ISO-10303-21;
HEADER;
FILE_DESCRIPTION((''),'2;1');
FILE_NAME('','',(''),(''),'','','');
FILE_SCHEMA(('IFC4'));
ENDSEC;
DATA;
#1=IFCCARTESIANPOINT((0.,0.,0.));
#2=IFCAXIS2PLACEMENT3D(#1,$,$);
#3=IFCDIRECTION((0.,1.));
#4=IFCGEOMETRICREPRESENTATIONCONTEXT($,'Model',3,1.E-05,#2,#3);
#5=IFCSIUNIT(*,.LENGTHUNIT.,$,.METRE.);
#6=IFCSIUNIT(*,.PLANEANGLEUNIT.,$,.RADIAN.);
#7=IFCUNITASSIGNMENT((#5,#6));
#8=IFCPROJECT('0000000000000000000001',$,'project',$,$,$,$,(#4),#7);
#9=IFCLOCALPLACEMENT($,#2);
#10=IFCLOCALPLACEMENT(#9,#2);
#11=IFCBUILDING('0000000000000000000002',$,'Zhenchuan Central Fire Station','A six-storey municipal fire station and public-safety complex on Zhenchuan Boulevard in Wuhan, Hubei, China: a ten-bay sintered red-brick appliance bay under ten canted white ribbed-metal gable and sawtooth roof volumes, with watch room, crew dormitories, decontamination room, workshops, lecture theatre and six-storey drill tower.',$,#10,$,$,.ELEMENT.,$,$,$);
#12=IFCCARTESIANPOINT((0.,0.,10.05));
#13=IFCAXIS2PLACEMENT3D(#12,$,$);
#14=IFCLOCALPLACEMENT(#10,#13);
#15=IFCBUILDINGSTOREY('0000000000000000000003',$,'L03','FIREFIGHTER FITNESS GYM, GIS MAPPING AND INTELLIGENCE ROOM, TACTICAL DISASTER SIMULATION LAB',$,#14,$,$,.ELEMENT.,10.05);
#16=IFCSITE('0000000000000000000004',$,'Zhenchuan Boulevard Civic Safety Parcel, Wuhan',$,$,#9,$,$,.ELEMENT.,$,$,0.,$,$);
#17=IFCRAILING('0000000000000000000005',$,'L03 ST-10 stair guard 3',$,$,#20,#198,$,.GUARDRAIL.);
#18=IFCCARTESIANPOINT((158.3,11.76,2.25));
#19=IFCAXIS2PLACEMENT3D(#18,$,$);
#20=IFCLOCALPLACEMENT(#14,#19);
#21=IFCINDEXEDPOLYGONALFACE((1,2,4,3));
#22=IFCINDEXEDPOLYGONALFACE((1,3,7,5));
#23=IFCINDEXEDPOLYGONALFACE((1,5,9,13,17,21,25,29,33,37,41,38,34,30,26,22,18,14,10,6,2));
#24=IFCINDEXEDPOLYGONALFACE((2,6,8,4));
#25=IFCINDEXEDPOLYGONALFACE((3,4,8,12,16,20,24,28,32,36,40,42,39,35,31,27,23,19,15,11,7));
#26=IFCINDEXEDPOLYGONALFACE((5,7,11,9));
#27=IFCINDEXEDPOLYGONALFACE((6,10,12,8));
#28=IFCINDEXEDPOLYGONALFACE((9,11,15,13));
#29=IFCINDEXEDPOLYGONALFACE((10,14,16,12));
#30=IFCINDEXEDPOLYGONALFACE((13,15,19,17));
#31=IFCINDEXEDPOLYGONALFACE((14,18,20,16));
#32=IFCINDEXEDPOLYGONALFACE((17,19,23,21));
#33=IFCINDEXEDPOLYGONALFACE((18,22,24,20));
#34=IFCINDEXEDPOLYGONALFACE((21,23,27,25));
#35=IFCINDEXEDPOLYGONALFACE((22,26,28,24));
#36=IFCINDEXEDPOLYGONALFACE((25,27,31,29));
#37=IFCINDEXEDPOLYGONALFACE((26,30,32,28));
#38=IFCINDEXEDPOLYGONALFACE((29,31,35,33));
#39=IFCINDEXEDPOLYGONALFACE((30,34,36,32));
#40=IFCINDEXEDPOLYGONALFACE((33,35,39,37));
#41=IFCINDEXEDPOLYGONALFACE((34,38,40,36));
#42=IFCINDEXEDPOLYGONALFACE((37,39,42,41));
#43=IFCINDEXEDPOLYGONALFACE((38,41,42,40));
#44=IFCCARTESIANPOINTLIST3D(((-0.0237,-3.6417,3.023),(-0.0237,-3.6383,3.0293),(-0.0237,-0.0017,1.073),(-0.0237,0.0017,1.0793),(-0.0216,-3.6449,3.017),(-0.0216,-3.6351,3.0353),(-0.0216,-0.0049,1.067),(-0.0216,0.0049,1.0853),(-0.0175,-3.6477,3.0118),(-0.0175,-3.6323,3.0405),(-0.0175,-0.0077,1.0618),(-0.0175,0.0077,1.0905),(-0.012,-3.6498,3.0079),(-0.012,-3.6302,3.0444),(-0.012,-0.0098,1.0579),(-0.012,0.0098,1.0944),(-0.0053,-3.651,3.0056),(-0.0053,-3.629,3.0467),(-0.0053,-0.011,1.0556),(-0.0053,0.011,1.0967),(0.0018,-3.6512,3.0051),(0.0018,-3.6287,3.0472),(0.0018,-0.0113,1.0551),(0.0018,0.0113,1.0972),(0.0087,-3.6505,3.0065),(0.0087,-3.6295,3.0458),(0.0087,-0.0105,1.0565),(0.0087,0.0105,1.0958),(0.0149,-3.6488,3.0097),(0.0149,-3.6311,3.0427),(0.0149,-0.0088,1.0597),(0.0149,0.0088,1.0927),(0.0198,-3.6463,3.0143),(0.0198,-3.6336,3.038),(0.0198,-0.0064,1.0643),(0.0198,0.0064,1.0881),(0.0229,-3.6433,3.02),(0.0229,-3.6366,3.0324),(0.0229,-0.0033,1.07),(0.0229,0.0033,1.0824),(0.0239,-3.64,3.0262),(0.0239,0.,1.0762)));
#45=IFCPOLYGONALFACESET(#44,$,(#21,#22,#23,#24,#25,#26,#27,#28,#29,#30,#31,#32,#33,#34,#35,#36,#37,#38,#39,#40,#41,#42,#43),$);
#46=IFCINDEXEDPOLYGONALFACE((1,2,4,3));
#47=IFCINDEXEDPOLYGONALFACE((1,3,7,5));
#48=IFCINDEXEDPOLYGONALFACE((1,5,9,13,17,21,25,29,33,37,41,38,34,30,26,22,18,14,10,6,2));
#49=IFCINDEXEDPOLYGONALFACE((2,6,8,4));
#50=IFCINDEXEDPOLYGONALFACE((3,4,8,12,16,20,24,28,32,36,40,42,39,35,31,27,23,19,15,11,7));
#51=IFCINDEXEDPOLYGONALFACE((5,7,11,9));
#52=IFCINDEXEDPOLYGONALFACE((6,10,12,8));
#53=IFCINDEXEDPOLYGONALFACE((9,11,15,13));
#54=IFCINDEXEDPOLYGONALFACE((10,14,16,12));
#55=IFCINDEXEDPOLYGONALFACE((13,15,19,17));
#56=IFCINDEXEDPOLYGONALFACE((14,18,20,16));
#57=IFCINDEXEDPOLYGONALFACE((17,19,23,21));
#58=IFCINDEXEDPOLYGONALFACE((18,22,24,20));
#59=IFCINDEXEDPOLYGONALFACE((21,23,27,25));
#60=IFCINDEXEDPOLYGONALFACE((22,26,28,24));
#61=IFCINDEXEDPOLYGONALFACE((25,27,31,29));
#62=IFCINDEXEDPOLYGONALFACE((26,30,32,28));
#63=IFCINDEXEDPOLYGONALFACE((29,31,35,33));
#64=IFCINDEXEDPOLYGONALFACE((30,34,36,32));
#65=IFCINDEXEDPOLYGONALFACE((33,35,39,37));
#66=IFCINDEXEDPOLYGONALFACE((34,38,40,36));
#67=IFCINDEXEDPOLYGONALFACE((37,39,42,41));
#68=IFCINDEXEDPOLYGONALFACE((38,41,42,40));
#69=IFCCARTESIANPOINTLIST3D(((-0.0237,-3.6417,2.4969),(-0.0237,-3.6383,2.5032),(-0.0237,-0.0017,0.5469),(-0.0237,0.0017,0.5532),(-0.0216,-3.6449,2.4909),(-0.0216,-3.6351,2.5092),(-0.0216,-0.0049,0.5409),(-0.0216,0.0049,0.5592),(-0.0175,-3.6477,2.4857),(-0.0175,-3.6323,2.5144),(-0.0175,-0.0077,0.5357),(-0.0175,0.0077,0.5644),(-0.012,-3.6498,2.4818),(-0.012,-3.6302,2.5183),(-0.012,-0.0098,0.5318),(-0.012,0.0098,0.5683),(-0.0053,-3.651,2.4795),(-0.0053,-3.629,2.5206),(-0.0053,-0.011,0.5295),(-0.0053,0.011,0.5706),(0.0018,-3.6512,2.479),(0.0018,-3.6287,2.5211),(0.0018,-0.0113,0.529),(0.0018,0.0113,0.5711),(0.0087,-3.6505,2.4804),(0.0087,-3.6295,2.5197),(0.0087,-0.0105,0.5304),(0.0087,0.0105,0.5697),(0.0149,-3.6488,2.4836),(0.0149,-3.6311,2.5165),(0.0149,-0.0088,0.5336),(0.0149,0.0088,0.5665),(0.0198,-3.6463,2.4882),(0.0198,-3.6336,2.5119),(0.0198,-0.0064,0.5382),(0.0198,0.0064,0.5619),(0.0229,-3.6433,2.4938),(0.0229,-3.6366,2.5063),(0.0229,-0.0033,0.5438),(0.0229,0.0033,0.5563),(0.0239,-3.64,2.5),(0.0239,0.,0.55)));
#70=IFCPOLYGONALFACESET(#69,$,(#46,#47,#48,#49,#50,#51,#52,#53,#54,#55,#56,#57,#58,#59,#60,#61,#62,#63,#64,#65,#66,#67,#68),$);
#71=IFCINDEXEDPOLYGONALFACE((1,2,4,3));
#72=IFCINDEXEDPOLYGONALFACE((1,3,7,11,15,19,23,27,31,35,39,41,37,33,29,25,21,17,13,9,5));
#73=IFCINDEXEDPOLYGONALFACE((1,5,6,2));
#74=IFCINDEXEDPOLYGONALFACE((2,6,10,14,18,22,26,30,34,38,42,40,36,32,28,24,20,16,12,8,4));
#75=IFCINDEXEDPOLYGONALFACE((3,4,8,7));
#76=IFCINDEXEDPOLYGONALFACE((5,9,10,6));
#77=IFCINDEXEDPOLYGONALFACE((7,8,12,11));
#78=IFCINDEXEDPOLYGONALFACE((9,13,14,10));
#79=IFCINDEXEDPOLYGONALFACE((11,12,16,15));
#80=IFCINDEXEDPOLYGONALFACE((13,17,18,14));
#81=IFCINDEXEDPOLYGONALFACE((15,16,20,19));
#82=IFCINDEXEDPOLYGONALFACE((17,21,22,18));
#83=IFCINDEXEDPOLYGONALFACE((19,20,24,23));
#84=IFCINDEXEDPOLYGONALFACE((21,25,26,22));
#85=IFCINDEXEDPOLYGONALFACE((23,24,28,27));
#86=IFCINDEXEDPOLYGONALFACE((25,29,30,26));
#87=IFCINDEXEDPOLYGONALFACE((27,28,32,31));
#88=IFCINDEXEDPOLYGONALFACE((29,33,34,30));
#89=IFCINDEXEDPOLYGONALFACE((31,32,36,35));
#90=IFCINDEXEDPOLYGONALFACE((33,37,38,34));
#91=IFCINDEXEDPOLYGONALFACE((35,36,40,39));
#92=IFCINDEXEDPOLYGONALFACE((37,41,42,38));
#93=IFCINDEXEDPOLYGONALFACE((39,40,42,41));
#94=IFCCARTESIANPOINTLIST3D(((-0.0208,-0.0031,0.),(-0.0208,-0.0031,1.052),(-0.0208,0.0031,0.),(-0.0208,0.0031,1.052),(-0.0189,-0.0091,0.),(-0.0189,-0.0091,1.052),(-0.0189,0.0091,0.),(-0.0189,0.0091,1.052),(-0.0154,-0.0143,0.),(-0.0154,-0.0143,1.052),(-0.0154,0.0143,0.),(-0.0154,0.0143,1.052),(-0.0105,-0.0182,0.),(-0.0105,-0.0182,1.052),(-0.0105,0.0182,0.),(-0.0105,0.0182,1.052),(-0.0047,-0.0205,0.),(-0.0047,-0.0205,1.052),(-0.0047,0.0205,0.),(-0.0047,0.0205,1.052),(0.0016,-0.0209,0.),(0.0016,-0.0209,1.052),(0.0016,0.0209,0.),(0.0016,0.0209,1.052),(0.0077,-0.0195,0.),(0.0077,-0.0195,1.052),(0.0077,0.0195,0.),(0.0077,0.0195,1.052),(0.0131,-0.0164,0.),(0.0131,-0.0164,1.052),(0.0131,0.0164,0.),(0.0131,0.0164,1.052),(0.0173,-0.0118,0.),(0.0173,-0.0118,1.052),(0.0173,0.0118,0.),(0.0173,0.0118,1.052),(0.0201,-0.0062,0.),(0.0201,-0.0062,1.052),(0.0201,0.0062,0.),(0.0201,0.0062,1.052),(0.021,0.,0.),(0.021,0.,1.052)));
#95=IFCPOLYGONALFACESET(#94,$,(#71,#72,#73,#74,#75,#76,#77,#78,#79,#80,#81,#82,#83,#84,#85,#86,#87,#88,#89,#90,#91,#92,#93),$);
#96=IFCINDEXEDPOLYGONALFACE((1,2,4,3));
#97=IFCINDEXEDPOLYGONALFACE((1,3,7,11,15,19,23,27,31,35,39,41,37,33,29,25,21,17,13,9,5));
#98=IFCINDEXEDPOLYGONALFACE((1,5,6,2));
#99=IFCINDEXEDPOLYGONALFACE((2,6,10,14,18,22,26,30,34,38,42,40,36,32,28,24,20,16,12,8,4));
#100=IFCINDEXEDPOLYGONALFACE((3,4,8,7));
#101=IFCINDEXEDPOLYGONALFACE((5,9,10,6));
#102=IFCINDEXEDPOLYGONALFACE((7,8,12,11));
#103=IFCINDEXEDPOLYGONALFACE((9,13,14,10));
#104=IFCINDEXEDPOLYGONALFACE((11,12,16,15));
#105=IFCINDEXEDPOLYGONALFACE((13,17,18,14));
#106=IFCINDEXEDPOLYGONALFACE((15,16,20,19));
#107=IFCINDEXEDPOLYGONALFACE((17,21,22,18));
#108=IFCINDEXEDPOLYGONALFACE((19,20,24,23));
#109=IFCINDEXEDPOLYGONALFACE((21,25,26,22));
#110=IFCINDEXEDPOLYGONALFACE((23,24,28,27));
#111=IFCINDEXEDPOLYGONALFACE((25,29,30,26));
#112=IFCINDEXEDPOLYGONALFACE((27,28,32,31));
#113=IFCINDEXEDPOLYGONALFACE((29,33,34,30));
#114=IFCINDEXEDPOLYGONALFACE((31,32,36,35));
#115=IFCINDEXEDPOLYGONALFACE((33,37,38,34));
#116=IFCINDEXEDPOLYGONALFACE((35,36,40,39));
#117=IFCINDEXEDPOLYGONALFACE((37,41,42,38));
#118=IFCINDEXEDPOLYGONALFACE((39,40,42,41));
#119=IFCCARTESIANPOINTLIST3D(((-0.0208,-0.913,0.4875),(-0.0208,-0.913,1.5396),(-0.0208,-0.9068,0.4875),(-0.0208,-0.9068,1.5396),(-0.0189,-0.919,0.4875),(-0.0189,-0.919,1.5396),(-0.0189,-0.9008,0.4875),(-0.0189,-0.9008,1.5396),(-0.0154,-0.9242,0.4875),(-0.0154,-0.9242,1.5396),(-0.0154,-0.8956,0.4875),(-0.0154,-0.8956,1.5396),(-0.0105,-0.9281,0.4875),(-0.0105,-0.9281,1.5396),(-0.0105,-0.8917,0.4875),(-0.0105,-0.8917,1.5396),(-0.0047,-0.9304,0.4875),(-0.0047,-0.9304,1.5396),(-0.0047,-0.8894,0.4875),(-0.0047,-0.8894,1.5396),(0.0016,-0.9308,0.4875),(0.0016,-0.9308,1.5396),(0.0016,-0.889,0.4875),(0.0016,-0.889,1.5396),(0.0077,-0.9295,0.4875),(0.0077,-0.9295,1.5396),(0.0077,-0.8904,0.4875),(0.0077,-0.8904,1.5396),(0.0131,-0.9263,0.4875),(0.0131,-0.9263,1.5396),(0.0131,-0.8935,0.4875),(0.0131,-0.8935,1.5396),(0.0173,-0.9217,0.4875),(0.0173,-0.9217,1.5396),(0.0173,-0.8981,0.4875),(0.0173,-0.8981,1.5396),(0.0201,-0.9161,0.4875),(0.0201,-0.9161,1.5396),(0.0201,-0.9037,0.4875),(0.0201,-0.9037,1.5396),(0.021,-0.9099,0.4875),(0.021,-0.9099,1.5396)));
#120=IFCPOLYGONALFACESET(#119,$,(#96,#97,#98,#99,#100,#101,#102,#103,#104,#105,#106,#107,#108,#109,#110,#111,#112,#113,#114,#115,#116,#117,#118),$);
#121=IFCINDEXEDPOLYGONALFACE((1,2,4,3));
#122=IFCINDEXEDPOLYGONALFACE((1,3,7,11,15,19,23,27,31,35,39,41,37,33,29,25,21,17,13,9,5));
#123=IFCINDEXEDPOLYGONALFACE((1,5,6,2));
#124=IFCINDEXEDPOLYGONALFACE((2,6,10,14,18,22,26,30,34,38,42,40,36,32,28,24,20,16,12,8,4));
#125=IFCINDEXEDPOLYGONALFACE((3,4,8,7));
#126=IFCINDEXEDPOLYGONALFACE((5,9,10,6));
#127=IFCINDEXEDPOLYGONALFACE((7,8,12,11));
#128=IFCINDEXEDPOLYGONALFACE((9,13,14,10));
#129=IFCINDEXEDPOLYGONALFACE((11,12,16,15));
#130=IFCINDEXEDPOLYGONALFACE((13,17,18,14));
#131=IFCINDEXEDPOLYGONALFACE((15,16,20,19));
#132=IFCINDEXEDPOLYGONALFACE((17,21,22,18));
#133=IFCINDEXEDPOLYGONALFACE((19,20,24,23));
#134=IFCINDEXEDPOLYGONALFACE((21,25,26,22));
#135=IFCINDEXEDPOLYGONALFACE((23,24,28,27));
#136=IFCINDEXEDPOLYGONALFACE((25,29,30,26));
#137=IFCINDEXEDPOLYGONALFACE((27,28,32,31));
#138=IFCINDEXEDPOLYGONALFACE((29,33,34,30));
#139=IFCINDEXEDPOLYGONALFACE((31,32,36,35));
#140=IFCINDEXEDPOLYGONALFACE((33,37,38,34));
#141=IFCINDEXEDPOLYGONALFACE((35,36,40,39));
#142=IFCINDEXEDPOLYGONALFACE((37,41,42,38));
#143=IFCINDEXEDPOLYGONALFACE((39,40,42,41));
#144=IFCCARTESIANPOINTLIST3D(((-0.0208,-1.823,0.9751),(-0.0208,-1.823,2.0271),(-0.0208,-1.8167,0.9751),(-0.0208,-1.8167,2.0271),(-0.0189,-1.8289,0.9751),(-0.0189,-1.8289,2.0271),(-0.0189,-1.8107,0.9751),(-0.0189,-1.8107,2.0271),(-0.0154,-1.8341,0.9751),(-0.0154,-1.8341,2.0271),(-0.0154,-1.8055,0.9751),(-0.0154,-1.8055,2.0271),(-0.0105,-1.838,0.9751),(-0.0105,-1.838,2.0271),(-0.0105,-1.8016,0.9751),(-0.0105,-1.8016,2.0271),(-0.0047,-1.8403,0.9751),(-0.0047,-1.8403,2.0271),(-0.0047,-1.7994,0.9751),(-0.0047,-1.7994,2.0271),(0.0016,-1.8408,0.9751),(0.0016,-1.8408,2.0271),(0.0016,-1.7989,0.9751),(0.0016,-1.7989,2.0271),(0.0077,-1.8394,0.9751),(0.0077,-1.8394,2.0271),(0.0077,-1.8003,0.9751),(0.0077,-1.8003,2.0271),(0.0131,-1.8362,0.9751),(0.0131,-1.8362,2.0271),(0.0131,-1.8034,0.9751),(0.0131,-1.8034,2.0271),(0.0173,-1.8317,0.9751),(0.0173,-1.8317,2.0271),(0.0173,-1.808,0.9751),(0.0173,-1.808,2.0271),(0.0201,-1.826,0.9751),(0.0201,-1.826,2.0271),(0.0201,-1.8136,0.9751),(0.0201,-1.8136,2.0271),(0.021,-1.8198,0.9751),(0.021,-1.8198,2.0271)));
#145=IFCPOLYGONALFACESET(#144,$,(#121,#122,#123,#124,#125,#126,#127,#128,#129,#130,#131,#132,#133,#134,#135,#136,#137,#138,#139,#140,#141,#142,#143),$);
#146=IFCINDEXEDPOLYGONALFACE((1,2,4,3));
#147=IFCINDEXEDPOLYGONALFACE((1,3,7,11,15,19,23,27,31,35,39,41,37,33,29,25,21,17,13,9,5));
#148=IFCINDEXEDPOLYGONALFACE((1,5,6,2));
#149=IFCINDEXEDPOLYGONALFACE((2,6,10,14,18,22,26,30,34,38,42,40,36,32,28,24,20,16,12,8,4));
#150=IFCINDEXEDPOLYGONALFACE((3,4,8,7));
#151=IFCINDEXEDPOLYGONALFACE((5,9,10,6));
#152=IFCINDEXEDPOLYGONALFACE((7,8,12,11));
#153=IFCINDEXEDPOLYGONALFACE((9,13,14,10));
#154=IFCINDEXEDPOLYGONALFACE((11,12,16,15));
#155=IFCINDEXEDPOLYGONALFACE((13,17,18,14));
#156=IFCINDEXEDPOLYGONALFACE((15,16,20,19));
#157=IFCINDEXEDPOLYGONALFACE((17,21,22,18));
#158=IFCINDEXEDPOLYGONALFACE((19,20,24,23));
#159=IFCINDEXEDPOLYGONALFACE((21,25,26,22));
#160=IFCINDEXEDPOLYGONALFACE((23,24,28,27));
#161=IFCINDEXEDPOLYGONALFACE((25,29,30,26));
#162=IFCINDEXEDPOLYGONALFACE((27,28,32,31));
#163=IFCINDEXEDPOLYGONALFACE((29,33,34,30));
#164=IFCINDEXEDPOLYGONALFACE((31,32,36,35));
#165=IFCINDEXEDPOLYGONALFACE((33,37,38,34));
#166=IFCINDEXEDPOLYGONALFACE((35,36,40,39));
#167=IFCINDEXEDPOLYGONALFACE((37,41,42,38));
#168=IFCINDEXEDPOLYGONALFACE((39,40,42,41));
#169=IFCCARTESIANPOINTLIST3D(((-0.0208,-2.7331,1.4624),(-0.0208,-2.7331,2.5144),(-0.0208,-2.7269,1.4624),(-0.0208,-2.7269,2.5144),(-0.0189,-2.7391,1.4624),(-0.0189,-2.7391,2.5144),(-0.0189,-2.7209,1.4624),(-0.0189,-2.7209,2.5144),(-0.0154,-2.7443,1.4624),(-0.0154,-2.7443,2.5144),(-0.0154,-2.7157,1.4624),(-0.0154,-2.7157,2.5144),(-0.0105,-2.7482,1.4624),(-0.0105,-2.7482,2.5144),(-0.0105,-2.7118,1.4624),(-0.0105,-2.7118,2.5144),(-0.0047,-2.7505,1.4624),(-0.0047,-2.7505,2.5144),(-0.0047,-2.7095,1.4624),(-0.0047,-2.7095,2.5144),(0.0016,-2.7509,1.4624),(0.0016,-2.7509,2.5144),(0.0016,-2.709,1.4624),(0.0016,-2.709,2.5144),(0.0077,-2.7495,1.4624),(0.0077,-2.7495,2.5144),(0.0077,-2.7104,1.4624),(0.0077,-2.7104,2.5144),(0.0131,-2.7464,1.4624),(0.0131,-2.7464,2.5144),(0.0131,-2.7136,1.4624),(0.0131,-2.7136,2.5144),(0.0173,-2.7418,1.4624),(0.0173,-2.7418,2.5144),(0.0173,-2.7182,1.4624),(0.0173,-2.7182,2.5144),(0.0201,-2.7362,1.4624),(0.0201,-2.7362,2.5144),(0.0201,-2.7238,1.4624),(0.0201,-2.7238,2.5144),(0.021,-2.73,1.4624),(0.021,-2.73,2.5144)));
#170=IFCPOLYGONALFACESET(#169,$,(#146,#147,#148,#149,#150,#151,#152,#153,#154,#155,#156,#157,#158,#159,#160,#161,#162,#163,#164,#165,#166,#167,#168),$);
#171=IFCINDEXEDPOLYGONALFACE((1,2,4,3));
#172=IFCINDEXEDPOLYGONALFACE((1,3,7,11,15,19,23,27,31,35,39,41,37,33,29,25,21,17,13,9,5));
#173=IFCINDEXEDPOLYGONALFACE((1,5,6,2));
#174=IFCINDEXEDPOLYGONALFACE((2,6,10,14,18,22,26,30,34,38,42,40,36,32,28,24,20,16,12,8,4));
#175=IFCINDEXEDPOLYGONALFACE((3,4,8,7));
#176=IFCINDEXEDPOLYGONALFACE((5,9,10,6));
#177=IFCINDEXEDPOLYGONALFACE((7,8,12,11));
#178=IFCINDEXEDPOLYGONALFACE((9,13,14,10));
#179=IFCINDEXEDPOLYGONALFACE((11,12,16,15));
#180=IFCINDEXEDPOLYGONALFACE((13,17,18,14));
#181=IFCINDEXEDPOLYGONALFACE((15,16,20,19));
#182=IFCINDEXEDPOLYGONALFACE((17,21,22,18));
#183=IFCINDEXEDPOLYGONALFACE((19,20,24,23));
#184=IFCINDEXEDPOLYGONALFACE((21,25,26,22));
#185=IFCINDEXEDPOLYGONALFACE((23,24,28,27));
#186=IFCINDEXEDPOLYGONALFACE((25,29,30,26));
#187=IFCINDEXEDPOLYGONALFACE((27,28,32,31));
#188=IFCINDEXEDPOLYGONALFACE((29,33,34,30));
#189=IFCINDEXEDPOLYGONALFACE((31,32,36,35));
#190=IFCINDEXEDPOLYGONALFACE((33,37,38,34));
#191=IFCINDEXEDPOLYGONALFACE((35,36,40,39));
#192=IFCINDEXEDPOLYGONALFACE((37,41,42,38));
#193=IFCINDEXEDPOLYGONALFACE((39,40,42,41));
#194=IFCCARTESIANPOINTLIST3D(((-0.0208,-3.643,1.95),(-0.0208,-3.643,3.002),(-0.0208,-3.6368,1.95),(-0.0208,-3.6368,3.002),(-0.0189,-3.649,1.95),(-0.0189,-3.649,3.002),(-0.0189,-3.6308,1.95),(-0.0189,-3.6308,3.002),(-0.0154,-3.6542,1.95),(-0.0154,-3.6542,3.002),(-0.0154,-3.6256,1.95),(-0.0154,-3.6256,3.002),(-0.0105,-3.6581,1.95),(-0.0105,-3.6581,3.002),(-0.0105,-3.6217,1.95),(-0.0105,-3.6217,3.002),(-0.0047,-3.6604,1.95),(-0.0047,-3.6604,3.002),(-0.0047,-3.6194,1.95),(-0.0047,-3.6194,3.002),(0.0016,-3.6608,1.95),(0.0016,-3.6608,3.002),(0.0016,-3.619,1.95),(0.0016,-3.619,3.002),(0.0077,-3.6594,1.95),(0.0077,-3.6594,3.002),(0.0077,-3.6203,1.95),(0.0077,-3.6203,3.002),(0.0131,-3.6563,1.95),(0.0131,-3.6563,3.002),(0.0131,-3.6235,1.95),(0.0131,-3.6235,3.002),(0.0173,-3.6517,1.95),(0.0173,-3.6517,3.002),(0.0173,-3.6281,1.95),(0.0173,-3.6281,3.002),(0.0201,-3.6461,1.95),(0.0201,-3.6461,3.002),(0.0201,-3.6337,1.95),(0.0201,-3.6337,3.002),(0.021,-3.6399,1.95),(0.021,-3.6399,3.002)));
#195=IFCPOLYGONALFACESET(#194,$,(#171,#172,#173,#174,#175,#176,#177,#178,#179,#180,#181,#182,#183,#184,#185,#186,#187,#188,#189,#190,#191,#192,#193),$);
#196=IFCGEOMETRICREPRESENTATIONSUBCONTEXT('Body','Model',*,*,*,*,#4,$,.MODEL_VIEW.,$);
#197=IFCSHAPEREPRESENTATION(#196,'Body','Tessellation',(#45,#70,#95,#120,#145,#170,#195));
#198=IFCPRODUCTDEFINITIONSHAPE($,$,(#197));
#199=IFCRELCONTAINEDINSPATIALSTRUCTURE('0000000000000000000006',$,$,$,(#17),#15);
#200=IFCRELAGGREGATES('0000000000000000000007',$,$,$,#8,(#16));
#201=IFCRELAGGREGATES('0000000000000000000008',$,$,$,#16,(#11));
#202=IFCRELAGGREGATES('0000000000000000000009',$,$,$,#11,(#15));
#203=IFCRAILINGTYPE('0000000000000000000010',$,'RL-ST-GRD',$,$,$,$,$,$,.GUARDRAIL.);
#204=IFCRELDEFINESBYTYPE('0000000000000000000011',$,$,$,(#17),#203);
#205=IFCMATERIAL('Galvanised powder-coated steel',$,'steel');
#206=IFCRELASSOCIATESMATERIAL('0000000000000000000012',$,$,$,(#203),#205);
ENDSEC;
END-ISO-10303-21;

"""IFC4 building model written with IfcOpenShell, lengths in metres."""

from ifc_helpers import new_model, si_unit, direction, frame, origin, origin_2d, place, context, subcontext, project, spatial, circle, extrude, material, type_object, element, save


model = new_model("IFC4")

# Units and contexts
model_context = context("Model", 3, precision=1e-05, world=origin(), true_north=direction((0.0, 1.0)))
body_context = subcontext(model_context, "Body", "Model", "MODEL_VIEW")
ifc_project = project(units=[si_unit("LENGTHUNIT", "METRE"), si_unit("PLANEANGLEUNIT", "RADIAN")], contexts=[model_context])

# Site, building, storey
site_placement = place(None, origin())
site = spatial("IfcSite", under=ifc_project, at=site_placement, Name="Zhenchuan Boulevard Civic Safety Parcel, Wuhan", CompositionType="ELEMENT", RefElevation=0.0)
building_placement = place(site_placement, origin())
building = spatial("IfcBuilding", under=site, at=building_placement, Name="Zhenchuan Central Fire Station", Description="A six-storey municipal fire station and public-safety complex on Zhenchuan Boulevard in Wuhan, Hubei, China: a ten-bay sintered red-brick appliance bay under ten canted white ribbed-metal gable and sawtooth roof volumes, with watch room, crew dormitories, decontamination room, workshops, lecture theatre and six-storey drill tower.", CompositionType="ELEMENT")
storey_placement = place(building_placement, frame((0.0, 0.0, 10.05)))
storey = spatial("IfcBuildingStorey", under=building, at=storey_placement, Name="L03", Description="FIREFIGHTER FITNESS GYM, GIS MAPPING AND INTELLIGENCE ROOM, TACTICAL DISASTER SIMULATION LAB", CompositionType="ELEMENT", Elevation=10.05)

# Railing
ifc_material_1 = material(Name="Galvanised powder-coated steel", Category="steel")
railing_type_1 = type_object("IfcRailingType", Name="RL-ST-GRD", PredefinedType="GUARDRAIL", material=ifc_material_1)
railing_1_placement = place(storey_placement, frame((158.3, 11.76, 2.25)))
element("IfcRailing", 1, at=railing_1_placement, inside=storey, type_object=railing_type_1, Name="L03 ST-10 stair guard 3", PredefinedType="GUARDRAIL", context=body_context, shape_type="SweptSolid", body=[
    extrude(circle(Radius=0.0239, at=origin_2d()), frame((0.0, 0.0, 1.0762), z_axis=(0.0, -0.881479, 0.472223), x_axis=(1.0, 0.0, 0.0)), (0.0, 0.0, 1.0), 4.1294),
    extrude(circle(Radius=0.0239, at=origin_2d()), frame((0.0, 0.0, 0.55), z_axis=(0.0, -0.881479, 0.472223), x_axis=(1.0, 0.0, 0.0)), (0.0, 0.0, 1.0), 4.1294),
    extrude(circle(Radius=0.021, at=origin_2d()), origin(), (0.0, 0.0, 1.0), 1.052),
    extrude(circle(Radius=0.021, at=origin_2d()), frame((0.0, -0.9099, 0.4875)), (0.0, 0.0, 1.0), 1.052),
    extrude(circle(Radius=0.021, at=origin_2d()), frame((0.0, -1.8198, 0.9751)), (0.0, 0.0, 1.0), 1.052),
    extrude(circle(Radius=0.021, at=origin_2d()), frame((0.0, -2.73, 1.4624)), (0.0, 0.0, 1.0), 1.052),
    extrude(circle(Radius=0.021, at=origin_2d()), frame((0.0, -3.6399, 1.95)), (0.0, 0.0, 1.0), 1.052),
])

save(model, "model.ifc")
